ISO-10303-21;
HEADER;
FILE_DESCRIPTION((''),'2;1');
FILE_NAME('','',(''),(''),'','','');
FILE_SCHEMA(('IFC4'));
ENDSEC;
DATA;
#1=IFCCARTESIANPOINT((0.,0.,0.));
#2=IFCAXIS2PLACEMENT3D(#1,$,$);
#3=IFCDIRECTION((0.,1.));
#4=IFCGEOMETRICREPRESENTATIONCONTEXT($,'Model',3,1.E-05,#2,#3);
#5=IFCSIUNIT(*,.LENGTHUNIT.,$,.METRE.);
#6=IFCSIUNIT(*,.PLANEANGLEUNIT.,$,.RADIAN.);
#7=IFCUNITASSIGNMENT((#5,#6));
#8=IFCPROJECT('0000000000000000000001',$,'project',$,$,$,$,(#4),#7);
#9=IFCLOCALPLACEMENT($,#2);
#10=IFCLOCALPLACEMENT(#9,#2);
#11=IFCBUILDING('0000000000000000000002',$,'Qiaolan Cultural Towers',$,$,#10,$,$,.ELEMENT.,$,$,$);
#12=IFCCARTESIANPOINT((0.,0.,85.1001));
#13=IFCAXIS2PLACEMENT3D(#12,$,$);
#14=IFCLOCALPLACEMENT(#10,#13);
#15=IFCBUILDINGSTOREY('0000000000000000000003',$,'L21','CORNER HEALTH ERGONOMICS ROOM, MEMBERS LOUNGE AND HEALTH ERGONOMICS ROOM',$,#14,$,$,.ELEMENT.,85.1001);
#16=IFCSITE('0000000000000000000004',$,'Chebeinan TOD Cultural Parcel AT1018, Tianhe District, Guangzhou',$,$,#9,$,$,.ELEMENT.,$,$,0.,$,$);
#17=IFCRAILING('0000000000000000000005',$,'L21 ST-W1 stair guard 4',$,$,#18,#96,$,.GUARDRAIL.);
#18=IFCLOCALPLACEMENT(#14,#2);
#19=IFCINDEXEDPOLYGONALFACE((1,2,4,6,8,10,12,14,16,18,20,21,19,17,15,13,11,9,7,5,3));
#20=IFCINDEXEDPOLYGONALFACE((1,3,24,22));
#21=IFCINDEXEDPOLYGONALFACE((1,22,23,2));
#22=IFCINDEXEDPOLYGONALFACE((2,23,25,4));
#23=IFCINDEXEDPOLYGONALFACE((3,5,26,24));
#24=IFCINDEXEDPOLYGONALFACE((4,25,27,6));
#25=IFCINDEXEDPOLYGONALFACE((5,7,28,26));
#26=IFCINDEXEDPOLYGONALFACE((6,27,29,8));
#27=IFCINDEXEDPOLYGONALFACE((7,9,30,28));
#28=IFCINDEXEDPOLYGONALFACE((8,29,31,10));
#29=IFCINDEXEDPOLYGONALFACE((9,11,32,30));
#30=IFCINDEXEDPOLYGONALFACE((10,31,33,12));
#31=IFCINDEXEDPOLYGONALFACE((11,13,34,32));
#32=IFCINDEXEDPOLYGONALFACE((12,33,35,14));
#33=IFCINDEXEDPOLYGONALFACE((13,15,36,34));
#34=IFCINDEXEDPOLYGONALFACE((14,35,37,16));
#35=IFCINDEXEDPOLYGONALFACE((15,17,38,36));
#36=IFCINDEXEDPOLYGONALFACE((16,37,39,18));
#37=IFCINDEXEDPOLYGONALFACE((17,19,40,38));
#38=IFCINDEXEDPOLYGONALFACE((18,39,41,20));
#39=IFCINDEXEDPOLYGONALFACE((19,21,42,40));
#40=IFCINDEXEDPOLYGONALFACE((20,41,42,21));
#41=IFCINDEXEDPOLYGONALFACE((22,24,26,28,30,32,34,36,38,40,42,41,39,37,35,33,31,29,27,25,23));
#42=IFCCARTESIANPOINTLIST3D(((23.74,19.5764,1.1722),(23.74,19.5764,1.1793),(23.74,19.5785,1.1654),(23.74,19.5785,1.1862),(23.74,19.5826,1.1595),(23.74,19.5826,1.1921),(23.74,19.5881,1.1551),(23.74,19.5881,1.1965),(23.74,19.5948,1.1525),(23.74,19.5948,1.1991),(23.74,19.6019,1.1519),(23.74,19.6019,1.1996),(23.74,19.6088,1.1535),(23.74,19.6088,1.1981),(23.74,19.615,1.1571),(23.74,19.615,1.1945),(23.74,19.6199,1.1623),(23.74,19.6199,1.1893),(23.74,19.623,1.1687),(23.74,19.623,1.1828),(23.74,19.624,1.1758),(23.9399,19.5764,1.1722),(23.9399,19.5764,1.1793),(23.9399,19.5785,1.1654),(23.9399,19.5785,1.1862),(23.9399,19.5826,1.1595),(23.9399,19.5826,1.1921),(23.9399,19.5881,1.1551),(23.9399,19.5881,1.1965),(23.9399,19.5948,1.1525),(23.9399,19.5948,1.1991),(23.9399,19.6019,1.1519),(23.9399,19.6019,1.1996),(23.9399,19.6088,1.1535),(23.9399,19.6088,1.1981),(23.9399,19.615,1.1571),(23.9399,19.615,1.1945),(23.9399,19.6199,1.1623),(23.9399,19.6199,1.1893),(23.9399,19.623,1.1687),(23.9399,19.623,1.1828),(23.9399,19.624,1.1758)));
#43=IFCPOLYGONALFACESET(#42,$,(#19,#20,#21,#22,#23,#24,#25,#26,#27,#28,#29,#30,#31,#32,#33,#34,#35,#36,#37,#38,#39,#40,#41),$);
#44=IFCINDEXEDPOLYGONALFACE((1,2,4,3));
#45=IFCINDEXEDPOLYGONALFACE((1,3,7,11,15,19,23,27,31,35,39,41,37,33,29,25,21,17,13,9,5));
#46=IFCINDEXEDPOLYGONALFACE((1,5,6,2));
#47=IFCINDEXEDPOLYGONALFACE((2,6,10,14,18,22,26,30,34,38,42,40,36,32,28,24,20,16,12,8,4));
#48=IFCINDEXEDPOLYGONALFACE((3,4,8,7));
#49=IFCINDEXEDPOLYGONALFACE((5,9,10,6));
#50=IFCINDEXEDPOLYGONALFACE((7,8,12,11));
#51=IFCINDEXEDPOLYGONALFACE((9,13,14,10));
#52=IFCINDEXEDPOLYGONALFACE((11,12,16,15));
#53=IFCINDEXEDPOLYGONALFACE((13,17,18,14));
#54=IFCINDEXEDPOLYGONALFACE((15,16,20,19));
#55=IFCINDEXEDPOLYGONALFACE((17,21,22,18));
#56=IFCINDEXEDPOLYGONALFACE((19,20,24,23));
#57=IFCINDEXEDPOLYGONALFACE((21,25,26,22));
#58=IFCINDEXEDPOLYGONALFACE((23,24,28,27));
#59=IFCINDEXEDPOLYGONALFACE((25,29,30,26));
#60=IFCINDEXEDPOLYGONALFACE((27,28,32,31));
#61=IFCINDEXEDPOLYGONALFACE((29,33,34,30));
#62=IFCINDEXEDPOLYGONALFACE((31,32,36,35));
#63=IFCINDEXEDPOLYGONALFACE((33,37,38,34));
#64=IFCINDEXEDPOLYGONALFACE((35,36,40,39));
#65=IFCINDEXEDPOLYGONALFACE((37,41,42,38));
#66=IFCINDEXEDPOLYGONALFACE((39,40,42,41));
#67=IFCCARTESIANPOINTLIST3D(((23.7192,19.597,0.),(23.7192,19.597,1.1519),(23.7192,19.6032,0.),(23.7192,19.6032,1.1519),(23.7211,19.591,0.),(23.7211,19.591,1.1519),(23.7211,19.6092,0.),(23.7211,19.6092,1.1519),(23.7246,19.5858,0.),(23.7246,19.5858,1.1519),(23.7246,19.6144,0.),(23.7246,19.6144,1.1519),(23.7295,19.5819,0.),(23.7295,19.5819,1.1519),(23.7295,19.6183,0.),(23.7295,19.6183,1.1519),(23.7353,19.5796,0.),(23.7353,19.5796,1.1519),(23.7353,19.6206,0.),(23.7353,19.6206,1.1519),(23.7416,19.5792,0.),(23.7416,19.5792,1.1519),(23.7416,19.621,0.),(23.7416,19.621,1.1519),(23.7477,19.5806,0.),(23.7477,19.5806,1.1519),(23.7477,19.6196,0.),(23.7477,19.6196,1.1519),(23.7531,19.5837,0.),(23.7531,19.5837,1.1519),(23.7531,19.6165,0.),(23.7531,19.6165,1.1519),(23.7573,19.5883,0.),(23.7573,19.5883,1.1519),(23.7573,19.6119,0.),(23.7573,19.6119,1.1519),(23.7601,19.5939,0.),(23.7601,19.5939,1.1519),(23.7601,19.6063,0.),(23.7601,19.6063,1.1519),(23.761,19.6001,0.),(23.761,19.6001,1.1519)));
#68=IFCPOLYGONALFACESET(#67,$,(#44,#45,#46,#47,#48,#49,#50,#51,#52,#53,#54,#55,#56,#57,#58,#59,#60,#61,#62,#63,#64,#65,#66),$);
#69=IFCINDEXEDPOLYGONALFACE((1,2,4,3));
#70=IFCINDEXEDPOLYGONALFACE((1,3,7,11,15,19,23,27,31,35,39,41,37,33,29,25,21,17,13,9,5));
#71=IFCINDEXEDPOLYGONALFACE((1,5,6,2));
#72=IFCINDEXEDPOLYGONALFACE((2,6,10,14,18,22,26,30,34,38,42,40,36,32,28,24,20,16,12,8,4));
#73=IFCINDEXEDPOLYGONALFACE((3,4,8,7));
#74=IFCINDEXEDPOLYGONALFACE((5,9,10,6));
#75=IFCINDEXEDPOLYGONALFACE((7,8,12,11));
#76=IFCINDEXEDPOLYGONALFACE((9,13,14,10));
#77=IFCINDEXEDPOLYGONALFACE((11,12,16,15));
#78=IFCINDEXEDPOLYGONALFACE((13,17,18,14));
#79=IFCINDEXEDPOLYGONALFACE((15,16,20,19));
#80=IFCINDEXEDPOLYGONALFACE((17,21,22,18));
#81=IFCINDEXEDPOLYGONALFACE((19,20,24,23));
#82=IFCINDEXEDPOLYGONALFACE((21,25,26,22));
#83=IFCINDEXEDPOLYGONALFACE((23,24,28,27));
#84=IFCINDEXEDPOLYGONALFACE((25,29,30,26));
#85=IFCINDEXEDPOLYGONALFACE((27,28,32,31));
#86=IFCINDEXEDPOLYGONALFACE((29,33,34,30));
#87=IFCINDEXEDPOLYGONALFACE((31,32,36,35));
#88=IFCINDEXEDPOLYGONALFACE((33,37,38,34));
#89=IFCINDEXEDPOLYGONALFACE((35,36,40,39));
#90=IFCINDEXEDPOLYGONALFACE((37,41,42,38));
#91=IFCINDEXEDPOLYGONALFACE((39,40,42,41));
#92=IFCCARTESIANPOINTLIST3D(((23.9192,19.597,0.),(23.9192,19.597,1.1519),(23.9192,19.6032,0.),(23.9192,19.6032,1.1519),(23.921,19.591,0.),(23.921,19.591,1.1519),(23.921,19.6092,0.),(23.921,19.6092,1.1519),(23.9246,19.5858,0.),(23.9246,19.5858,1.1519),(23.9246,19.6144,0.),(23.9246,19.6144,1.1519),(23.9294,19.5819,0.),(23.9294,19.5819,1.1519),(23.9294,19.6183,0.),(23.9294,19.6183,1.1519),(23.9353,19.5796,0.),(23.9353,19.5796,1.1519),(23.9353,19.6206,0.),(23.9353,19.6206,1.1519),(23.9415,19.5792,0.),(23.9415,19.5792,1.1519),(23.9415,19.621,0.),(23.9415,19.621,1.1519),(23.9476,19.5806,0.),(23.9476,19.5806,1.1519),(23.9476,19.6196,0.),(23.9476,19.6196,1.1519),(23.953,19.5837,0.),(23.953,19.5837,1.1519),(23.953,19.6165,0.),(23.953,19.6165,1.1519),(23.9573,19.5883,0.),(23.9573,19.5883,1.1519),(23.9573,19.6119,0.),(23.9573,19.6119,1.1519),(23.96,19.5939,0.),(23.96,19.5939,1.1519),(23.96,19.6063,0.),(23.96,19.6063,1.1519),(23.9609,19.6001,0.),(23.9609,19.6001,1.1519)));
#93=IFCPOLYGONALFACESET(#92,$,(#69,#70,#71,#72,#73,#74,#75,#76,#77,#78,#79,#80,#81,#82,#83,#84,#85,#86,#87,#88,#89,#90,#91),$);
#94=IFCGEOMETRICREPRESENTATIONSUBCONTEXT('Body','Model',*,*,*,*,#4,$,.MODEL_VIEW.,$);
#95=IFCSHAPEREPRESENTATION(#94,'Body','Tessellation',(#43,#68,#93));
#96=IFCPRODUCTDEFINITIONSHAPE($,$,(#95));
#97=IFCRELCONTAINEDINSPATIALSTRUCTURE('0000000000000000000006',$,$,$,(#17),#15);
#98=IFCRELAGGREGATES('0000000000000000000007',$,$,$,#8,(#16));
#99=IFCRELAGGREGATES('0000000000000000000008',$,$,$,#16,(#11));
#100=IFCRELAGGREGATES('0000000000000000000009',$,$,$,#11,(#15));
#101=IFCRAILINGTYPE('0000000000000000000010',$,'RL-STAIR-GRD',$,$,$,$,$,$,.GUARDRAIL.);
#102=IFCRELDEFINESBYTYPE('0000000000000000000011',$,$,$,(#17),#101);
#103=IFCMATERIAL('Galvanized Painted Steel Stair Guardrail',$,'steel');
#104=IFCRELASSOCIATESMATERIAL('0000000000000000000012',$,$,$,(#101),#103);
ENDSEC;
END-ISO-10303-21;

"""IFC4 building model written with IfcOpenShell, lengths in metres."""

from ifc_helpers import new_model, si_unit, direction, frame, origin, origin_2d, place, context, subcontext, project, spatial, circle, extrude, material, type_object, element, save


model = new_model("IFC4")

# Units and contexts
model_context = context("Model", 3, precision=1e-05, world=origin(), true_north=direction((0.0, 1.0)))
body_context = subcontext(model_context, "Body", "Model", "MODEL_VIEW")
ifc_project = project(units=[si_unit("LENGTHUNIT", "METRE"), si_unit("PLANEANGLEUNIT", "RADIAN")], contexts=[model_context])

# Site, building, storey
site_placement = place(None, origin())
site = spatial("IfcSite", under=ifc_project, at=site_placement, Name="Chebeinan TOD Cultural Parcel AT1018, Tianhe District, Guangzhou", CompositionType="ELEMENT", RefElevation=0.0)
building_placement = place(site_placement, origin())
building = spatial("IfcBuilding", under=site, at=building_placement, Name="Qiaolan Cultural Towers", CompositionType="ELEMENT")
storey_placement = place(building_placement, frame((0.0, 0.0, 85.1001)))
storey = spatial("IfcBuildingStorey", under=building, at=storey_placement, Name="L21", Description="CORNER HEALTH ERGONOMICS ROOM, MEMBERS LOUNGE AND HEALTH ERGONOMICS ROOM", CompositionType="ELEMENT", Elevation=85.1001)

# Railing
ifc_material_1 = material(Name="Galvanized Painted Steel Stair Guardrail", Category="steel")
railing_type_1 = type_object("IfcRailingType", Name="RL-STAIR-GRD", PredefinedType="GUARDRAIL", material=ifc_material_1)
railing_1_placement = place(storey_placement, frame((23.74, 19.6001, 0.0)))
element("IfcRailing", 1, at=railing_1_placement, inside=storey, type_object=railing_type_1, Name="L21 ST-W1 stair guard 4", PredefinedType="GUARDRAIL", context=body_context, shape_type="SweptSolid", body=[
    extrude(circle(Radius=0.0239, at=origin_2d()), frame((0.0, 0.0, 1.1758), z_axis=(1.0, 0.0, 0.0), x_axis=(0.0, 1.0, 0.0)), (0.0, 0.0, 1.0), 0.2),
    extrude(circle(Radius=0.021, at=origin_2d()), origin(), (0.0, 0.0, 1.0), 1.1519),
    extrude(circle(Radius=0.021, at=origin_2d()), frame((0.2, 0.0, 0.0)), (0.0, 0.0, 1.0), 1.1519),
])

save(model, "model.ifc")
